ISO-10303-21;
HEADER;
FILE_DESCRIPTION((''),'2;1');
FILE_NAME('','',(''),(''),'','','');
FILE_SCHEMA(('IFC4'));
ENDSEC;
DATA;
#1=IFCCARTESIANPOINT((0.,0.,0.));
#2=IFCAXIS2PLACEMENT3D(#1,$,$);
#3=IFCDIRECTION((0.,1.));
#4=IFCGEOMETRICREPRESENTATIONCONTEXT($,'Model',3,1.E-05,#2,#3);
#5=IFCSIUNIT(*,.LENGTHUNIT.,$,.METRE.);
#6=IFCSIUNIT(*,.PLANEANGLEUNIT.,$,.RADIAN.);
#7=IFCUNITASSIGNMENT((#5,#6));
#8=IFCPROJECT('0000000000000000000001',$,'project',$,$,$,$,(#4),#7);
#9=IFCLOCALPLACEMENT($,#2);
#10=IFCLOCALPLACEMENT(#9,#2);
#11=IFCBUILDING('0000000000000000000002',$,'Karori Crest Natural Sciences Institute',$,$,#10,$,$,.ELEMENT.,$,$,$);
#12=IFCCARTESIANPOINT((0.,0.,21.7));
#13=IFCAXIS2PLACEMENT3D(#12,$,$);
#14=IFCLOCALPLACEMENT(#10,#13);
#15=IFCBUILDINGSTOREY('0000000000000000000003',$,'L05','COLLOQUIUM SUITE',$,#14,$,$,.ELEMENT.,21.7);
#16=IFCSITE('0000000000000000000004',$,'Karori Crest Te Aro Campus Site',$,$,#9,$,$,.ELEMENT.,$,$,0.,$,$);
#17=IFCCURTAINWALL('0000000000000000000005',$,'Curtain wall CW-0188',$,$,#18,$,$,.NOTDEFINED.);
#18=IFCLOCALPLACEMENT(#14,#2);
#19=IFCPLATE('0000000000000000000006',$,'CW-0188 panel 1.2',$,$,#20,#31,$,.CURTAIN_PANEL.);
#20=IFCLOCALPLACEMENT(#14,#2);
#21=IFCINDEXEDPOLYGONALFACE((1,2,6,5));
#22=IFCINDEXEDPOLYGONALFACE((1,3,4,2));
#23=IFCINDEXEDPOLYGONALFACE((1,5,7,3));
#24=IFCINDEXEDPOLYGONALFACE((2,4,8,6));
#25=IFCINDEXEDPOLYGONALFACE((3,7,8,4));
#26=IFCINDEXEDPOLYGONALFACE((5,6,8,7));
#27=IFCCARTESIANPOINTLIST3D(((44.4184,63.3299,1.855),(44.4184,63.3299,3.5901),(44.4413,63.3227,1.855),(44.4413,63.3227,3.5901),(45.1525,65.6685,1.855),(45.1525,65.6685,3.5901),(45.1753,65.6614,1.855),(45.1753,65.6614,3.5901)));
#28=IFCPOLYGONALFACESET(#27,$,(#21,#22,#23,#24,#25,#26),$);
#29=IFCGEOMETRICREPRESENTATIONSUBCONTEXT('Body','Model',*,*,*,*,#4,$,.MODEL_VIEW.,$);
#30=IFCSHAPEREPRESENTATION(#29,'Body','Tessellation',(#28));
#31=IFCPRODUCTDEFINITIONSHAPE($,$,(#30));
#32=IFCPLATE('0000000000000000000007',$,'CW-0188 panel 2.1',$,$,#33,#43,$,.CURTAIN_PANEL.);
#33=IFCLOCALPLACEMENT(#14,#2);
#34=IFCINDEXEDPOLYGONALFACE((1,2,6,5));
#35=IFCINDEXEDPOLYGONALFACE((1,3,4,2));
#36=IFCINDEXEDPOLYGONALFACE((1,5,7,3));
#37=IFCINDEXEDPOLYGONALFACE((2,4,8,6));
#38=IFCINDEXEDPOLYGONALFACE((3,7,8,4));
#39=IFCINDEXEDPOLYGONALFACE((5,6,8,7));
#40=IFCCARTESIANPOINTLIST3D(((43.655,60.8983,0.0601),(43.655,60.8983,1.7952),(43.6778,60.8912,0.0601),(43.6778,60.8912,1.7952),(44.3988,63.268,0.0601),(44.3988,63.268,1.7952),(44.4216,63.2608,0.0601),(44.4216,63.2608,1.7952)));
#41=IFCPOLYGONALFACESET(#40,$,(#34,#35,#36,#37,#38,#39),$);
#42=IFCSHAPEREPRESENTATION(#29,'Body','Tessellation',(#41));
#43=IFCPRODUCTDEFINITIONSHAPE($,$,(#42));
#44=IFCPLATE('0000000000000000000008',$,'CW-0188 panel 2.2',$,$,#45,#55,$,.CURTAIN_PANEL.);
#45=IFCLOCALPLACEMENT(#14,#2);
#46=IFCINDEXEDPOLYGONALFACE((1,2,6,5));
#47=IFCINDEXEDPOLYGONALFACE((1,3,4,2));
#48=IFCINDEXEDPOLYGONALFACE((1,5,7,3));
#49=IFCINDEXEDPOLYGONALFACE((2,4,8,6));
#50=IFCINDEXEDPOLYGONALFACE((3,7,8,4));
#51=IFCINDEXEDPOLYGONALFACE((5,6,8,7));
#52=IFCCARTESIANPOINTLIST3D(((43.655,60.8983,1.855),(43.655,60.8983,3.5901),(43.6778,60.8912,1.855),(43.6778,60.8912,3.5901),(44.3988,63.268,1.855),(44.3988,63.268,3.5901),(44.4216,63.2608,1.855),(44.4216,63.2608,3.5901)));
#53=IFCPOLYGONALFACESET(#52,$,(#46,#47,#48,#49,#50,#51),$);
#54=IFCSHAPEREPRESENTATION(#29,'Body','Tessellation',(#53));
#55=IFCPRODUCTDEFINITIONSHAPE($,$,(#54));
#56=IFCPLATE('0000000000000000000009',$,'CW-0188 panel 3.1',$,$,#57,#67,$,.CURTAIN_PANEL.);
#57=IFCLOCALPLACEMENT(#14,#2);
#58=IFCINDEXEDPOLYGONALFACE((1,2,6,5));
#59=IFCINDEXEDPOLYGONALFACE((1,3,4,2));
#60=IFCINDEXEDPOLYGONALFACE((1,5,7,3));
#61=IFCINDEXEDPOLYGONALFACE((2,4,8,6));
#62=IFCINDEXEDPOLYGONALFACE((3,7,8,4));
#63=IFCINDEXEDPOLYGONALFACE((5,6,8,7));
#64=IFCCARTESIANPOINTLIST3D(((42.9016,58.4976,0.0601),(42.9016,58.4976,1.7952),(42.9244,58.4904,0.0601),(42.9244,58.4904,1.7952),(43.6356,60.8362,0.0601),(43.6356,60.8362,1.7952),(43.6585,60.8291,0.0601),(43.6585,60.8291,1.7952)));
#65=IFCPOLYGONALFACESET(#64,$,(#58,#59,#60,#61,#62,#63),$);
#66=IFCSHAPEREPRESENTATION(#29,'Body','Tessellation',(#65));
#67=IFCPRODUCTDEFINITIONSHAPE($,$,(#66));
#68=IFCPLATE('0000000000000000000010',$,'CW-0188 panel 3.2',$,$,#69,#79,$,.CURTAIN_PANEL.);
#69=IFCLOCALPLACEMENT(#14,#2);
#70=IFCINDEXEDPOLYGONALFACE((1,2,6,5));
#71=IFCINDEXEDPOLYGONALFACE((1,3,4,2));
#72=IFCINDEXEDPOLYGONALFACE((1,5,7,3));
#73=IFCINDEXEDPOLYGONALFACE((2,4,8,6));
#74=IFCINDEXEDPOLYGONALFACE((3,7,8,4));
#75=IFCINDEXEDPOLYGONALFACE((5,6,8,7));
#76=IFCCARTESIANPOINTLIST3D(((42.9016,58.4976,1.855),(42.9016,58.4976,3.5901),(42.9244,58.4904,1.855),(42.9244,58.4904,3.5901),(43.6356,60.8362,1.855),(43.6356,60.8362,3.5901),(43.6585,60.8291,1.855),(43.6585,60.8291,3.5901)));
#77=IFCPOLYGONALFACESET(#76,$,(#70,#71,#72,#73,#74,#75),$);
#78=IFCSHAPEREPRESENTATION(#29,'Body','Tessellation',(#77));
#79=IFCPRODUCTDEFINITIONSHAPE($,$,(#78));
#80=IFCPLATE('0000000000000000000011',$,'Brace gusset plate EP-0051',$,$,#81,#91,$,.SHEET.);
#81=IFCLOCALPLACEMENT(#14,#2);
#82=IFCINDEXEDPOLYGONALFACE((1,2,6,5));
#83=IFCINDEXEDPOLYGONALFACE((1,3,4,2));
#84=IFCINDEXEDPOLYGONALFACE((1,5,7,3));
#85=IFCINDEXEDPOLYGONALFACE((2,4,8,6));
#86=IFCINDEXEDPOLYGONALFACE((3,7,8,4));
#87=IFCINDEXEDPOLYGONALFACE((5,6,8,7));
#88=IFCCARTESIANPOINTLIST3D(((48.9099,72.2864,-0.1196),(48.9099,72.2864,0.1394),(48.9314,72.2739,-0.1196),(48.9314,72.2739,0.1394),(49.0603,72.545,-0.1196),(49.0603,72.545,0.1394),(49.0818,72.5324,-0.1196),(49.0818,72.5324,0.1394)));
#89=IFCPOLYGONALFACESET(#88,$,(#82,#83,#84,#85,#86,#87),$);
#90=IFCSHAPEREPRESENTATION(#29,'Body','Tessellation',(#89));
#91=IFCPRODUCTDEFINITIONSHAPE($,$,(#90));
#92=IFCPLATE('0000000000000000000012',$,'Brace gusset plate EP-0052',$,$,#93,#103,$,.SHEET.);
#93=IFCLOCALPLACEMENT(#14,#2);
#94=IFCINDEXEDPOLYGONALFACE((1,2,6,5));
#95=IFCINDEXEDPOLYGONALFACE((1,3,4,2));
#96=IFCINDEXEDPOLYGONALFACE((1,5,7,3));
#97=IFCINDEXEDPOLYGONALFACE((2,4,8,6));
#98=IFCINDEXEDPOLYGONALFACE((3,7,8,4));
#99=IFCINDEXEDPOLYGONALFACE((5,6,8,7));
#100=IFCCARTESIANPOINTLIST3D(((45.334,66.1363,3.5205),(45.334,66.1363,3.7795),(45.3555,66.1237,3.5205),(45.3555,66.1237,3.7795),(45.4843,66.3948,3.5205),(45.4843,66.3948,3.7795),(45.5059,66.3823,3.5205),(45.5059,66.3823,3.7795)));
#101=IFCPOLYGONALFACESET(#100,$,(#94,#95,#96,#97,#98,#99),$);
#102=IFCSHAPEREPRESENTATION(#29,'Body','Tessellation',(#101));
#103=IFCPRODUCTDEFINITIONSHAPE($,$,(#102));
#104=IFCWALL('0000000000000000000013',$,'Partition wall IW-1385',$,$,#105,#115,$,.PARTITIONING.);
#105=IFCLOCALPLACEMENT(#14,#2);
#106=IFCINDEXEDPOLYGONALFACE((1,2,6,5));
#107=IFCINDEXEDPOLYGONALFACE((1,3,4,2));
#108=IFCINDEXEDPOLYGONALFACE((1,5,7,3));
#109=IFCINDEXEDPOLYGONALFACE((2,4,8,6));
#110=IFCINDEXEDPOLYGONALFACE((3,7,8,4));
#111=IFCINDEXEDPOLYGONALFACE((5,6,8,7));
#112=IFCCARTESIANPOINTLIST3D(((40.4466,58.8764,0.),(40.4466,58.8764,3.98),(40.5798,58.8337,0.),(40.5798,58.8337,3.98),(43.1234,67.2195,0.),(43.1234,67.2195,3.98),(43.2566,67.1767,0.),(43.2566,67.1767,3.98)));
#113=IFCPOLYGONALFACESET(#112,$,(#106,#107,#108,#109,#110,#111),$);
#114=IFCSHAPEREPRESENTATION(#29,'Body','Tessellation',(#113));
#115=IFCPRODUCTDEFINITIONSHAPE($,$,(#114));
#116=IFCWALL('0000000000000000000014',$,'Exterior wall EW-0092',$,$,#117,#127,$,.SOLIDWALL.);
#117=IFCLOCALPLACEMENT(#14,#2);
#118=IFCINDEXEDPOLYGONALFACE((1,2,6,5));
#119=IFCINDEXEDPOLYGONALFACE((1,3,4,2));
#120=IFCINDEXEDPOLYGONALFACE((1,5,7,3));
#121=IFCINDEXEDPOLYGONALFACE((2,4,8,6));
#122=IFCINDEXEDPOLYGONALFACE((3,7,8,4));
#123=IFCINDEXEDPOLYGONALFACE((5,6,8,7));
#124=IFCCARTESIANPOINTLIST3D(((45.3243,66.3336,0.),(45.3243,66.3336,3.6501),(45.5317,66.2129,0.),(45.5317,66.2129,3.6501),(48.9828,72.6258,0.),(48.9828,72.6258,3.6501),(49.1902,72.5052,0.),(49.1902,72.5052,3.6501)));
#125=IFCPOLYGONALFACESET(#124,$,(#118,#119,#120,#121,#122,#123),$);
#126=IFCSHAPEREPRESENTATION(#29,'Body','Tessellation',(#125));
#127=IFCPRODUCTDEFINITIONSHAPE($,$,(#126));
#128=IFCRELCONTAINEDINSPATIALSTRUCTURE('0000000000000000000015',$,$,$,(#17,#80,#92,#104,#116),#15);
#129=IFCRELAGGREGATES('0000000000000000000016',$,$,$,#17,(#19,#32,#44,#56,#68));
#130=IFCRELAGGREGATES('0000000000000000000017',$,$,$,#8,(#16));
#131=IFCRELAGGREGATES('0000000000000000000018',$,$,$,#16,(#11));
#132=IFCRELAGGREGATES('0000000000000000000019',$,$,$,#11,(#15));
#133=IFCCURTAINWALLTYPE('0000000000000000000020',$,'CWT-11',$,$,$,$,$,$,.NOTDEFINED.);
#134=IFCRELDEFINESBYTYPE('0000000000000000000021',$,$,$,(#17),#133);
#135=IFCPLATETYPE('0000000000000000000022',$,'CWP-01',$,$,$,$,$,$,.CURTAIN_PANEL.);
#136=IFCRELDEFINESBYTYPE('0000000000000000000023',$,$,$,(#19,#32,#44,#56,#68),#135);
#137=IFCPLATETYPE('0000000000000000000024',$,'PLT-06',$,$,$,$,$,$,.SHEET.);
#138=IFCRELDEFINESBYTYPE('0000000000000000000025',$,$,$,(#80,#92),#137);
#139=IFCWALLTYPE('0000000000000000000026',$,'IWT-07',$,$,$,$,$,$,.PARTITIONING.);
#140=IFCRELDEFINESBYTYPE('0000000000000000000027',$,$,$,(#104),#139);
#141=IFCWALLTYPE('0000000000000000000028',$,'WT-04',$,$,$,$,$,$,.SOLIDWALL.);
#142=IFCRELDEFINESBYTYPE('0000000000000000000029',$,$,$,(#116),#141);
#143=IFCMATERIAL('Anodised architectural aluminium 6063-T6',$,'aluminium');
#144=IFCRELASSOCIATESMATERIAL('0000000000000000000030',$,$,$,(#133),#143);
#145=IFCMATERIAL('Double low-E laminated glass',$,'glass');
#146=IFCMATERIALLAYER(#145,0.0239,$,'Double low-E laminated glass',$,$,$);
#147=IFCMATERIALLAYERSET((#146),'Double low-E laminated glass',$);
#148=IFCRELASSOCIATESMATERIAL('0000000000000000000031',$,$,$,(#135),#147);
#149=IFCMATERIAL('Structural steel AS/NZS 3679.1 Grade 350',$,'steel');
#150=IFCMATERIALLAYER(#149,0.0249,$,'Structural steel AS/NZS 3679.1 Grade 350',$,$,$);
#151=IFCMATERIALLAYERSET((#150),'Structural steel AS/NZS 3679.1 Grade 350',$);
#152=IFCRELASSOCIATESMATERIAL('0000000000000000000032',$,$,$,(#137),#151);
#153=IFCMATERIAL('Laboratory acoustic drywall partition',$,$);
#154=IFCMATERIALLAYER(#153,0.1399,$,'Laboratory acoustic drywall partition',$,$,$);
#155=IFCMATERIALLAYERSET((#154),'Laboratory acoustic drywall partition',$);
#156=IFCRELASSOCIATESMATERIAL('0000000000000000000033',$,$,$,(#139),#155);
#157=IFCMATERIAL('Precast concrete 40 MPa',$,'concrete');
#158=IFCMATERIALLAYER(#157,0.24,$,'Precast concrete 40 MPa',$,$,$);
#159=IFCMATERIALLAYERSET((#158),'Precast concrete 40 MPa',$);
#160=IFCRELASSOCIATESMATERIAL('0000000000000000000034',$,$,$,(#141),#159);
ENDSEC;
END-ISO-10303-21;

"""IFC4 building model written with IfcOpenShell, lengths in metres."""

from ifc_helpers import new_model, si_unit, direction, frame, frame_2d, origin, origin_2d, place, context, subcontext, project, spatial, rectangle, extrude, material, layer, layer_set, type_object, element, aggregate, save


model = new_model("IFC4")

# Units and contexts
model_context = context("Model", 3, precision=1e-05, world=origin(), true_north=direction((0.0, 1.0)))
body_context = subcontext(model_context, "Body", "Model", "MODEL_VIEW")
ifc_project = project(units=[si_unit("LENGTHUNIT", "METRE"), si_unit("PLANEANGLEUNIT", "RADIAN")], contexts=[model_context])

# Site, building, storey
site_placement = place(None, origin())
site = spatial("IfcSite", under=ifc_project, at=site_placement, Name="Karori Crest Te Aro Campus Site", CompositionType="ELEMENT", RefElevation=0.0)
building_placement = place(site_placement, origin())
building = spatial("IfcBuilding", under=site, at=building_placement, Name="Karori Crest Natural Sciences Institute", CompositionType="ELEMENT")
storey_placement = place(building_placement, frame((0.0, 0.0, 21.7)))
storey = spatial("IfcBuildingStorey", under=building, at=storey_placement, Name="L05", Description="COLLOQUIUM SUITE", CompositionType="ELEMENT", Elevation=21.7)

# Shared definitions
ifc_material_1 = material(Name="Structural steel AS/NZS 3679.1 Grade 350", Category="steel")

# Shared definitions
ifc_material_2 = material(Name="Anodised architectural aluminium 6063-T6", Category="aluminium")

# Curtain wall
curtain_wall_type_1 = type_object("IfcCurtainWallType", Name="CWT-11", PredefinedType="NOTDEFINED", material=ifc_material_2)
curtain_wall_1_placement = place(storey_placement, origin())
curtain_wall_1 = element("IfcCurtainWall", 1, at=curtain_wall_1_placement, inside=storey, type_object=curtain_wall_type_1, Name="Curtain wall CW-0188", PredefinedType="NOTDEFINED")

# Plates
ifc_material_3 = material(Name="Double low-E laminated glass", Category="glass")
ifc_layer_1 = layer(ifc_material_3, 0.0239, Name="Double low-E laminated glass")
ifc_layer_set_1 = layer_set([ifc_layer_1], Name="Double low-E laminated glass")
plate_type_1 = type_object("IfcPlateType", Name="CWP-01", PredefinedType="CURTAIN_PANEL", material=ifc_layer_set_1)
plate_1_placement = place(storey_placement, frame((44.7969, 64.4956, 1.855), z_axis=(0.0, 0.0, 1.0), x_axis=(-0.299475, -0.954104, 0.0)))
plate_1 = element("IfcPlate", 2, at=plate_1_placement, type_object=plate_type_1, Name="CW-0188 panel 1.2", PredefinedType="CURTAIN_PANEL", context=body_context, shape_type="SweptSolid", body=[
    extrude(rectangle(XDim=2.4512, YDim=0.0239, at=origin_2d()), origin(), (0.0, 0.0, 1.0), 1.7351),
])
plate_2_placement = place(storey_placement, frame((44.0383, 62.0796, 0.0601), z_axis=(0.0, 0.0, 1.0), x_axis=(-0.299475, -0.954104, 0.0)))
plate_2 = element("IfcPlate", 3, at=plate_2_placement, type_object=plate_type_1, Name="CW-0188 panel 2.1", PredefinedType="CURTAIN_PANEL", context=body_context, shape_type="SweptSolid", body=[
    extrude(rectangle(XDim=2.4836, YDim=0.0239, at=origin_2d()), origin(), (0.0, 0.0, 1.0), 1.7351),
])
plate_3_placement = place(storey_placement, frame((44.0383, 62.0796, 1.855), z_axis=(0.0, 0.0, 1.0), x_axis=(-0.299475, -0.954104, 0.0)))
plate_3 = element("IfcPlate", 4, at=plate_3_placement, type_object=plate_type_1, Name="CW-0188 panel 2.2", PredefinedType="CURTAIN_PANEL", context=body_context, shape_type="SweptSolid", body=[
    extrude(rectangle(XDim=2.4836, YDim=0.0239, at=origin_2d()), origin(), (0.0, 0.0, 1.0), 1.7351),
])
plate_4_placement = place(storey_placement, frame((43.28, 59.6633, 0.0601), z_axis=(0.0, 0.0, 1.0), x_axis=(-0.299475, -0.954104, 0.0)))
plate_4 = element("IfcPlate", 5, at=plate_4_placement, type_object=plate_type_1, Name="CW-0188 panel 3.1", PredefinedType="CURTAIN_PANEL", context=body_context, shape_type="SweptSolid", body=[
    extrude(rectangle(XDim=2.4512, YDim=0.0239, at=origin_2d()), origin(), (0.0, 0.0, 1.0), 1.7351),
])
plate_5_placement = place(storey_placement, frame((43.28, 59.6633, 1.855), z_axis=(0.0, 0.0, 1.0), x_axis=(-0.299475, -0.954104, 0.0)))
plate_5 = element("IfcPlate", 6, at=plate_5_placement, type_object=plate_type_1, Name="CW-0188 panel 3.2", PredefinedType="CURTAIN_PANEL", context=body_context, shape_type="SweptSolid", body=[
    extrude(rectangle(XDim=2.4512, YDim=0.0239, at=origin_2d()), origin(), (0.0, 0.0, 1.0), 1.7351),
])
aggregate(curtain_wall_1, [plate_1, plate_2, plate_3, plate_4, plate_5])

# Plates
ifc_layer_2 = layer(ifc_material_1, 0.0249, Name="Structural steel AS/NZS 3679.1 Grade 350")
ifc_layer_set_2 = layer_set([ifc_layer_2], Name="Structural steel AS/NZS 3679.1 Grade 350")
plate_type_2 = type_object("IfcPlateType", Name="PLT-06", PredefinedType="SHEET", material=ifc_layer_set_2)
for number, where, z_axis, x_axis, name in (
    (7, (48.9958, 72.4094, -0.1196), (0.0, 0.0, 1.0), (0.502652, 0.864489, 0.0), "Brace gusset plate EP-0051"),
    (8, (45.4199, 66.2593, 3.5205), (0.0, 0.0, 1.0), (0.502652, 0.864489, 0.0), "Brace gusset plate EP-0052"),
):
    element("IfcPlate", number, at=place(storey_placement, frame(where, z_axis=z_axis, x_axis=x_axis)), inside=storey, type_object=plate_type_2, Name=name, PredefinedType="SHEET", context=body_context, shape_type="SweptSolid", body=[
        extrude(rectangle(XDim=0.2991, YDim=0.0249, at=origin_2d()), origin(), (0.0, 0.0, 1.0), 0.259),
    ])

# Walls
ifc_material_4 = material(Name="Laboratory acoustic drywall partition")
ifc_layer_3 = layer(ifc_material_4, 0.1399, Name="Laboratory acoustic drywall partition")
ifc_layer_set_3 = layer_set([ifc_layer_3], Name="Laboratory acoustic drywall partition")
wall_type_1 = type_object("IfcWallType", Name="IWT-07", PredefinedType="PARTITIONING", material=ifc_layer_set_3)
wall_1_placement = place(storey_placement, frame((43.1899, 67.198, 0.0), z_axis=(0.0, 0.0, 1.0), x_axis=(-0.3055, -0.952192, 0.0)))
element("IfcWall", 9, at=wall_1_placement, inside=storey, type_object=wall_type_1, Name="Partition wall IW-1385", PredefinedType="PARTITIONING", context=body_context, shape_type="SweptSolid", body=[
    extrude(rectangle(XDim=8.762, YDim=0.1399, at=frame_2d((4.3809, 0.0))), origin(), (0.0, 0.0, 1.0), 3.98),
])
ifc_material_5 = material(Name="Precast concrete 40 MPa", Category="concrete")
ifc_layer_4 = layer(ifc_material_5, 0.24, Name="Precast concrete 40 MPa")
ifc_layer_set_4 = layer_set([ifc_layer_4], Name="Precast concrete 40 MPa")
wall_type_2 = type_object("IfcWallType", Name="WT-04", PredefinedType="SOLIDWALL", material=ifc_layer_set_4)
wall_2_placement = place(storey_placement, frame((49.0864, 72.5654, 0.0), z_axis=(0.0, 0.0, 1.0), x_axis=(-0.502638, -0.864497, 0.0)))
element("IfcWall", 10, at=wall_2_placement, inside=storey, type_object=wall_type_2, Name="Exterior wall EW-0092", PredefinedType="SOLIDWALL", context=body_context, shape_type="SweptSolid", body=[
    extrude(rectangle(XDim=7.2786, YDim=0.24, at=frame_2d((3.6392, 0.0))), origin(), (0.0, 0.0, 1.0), 3.6501),
])

save(model, "model.ifc")
